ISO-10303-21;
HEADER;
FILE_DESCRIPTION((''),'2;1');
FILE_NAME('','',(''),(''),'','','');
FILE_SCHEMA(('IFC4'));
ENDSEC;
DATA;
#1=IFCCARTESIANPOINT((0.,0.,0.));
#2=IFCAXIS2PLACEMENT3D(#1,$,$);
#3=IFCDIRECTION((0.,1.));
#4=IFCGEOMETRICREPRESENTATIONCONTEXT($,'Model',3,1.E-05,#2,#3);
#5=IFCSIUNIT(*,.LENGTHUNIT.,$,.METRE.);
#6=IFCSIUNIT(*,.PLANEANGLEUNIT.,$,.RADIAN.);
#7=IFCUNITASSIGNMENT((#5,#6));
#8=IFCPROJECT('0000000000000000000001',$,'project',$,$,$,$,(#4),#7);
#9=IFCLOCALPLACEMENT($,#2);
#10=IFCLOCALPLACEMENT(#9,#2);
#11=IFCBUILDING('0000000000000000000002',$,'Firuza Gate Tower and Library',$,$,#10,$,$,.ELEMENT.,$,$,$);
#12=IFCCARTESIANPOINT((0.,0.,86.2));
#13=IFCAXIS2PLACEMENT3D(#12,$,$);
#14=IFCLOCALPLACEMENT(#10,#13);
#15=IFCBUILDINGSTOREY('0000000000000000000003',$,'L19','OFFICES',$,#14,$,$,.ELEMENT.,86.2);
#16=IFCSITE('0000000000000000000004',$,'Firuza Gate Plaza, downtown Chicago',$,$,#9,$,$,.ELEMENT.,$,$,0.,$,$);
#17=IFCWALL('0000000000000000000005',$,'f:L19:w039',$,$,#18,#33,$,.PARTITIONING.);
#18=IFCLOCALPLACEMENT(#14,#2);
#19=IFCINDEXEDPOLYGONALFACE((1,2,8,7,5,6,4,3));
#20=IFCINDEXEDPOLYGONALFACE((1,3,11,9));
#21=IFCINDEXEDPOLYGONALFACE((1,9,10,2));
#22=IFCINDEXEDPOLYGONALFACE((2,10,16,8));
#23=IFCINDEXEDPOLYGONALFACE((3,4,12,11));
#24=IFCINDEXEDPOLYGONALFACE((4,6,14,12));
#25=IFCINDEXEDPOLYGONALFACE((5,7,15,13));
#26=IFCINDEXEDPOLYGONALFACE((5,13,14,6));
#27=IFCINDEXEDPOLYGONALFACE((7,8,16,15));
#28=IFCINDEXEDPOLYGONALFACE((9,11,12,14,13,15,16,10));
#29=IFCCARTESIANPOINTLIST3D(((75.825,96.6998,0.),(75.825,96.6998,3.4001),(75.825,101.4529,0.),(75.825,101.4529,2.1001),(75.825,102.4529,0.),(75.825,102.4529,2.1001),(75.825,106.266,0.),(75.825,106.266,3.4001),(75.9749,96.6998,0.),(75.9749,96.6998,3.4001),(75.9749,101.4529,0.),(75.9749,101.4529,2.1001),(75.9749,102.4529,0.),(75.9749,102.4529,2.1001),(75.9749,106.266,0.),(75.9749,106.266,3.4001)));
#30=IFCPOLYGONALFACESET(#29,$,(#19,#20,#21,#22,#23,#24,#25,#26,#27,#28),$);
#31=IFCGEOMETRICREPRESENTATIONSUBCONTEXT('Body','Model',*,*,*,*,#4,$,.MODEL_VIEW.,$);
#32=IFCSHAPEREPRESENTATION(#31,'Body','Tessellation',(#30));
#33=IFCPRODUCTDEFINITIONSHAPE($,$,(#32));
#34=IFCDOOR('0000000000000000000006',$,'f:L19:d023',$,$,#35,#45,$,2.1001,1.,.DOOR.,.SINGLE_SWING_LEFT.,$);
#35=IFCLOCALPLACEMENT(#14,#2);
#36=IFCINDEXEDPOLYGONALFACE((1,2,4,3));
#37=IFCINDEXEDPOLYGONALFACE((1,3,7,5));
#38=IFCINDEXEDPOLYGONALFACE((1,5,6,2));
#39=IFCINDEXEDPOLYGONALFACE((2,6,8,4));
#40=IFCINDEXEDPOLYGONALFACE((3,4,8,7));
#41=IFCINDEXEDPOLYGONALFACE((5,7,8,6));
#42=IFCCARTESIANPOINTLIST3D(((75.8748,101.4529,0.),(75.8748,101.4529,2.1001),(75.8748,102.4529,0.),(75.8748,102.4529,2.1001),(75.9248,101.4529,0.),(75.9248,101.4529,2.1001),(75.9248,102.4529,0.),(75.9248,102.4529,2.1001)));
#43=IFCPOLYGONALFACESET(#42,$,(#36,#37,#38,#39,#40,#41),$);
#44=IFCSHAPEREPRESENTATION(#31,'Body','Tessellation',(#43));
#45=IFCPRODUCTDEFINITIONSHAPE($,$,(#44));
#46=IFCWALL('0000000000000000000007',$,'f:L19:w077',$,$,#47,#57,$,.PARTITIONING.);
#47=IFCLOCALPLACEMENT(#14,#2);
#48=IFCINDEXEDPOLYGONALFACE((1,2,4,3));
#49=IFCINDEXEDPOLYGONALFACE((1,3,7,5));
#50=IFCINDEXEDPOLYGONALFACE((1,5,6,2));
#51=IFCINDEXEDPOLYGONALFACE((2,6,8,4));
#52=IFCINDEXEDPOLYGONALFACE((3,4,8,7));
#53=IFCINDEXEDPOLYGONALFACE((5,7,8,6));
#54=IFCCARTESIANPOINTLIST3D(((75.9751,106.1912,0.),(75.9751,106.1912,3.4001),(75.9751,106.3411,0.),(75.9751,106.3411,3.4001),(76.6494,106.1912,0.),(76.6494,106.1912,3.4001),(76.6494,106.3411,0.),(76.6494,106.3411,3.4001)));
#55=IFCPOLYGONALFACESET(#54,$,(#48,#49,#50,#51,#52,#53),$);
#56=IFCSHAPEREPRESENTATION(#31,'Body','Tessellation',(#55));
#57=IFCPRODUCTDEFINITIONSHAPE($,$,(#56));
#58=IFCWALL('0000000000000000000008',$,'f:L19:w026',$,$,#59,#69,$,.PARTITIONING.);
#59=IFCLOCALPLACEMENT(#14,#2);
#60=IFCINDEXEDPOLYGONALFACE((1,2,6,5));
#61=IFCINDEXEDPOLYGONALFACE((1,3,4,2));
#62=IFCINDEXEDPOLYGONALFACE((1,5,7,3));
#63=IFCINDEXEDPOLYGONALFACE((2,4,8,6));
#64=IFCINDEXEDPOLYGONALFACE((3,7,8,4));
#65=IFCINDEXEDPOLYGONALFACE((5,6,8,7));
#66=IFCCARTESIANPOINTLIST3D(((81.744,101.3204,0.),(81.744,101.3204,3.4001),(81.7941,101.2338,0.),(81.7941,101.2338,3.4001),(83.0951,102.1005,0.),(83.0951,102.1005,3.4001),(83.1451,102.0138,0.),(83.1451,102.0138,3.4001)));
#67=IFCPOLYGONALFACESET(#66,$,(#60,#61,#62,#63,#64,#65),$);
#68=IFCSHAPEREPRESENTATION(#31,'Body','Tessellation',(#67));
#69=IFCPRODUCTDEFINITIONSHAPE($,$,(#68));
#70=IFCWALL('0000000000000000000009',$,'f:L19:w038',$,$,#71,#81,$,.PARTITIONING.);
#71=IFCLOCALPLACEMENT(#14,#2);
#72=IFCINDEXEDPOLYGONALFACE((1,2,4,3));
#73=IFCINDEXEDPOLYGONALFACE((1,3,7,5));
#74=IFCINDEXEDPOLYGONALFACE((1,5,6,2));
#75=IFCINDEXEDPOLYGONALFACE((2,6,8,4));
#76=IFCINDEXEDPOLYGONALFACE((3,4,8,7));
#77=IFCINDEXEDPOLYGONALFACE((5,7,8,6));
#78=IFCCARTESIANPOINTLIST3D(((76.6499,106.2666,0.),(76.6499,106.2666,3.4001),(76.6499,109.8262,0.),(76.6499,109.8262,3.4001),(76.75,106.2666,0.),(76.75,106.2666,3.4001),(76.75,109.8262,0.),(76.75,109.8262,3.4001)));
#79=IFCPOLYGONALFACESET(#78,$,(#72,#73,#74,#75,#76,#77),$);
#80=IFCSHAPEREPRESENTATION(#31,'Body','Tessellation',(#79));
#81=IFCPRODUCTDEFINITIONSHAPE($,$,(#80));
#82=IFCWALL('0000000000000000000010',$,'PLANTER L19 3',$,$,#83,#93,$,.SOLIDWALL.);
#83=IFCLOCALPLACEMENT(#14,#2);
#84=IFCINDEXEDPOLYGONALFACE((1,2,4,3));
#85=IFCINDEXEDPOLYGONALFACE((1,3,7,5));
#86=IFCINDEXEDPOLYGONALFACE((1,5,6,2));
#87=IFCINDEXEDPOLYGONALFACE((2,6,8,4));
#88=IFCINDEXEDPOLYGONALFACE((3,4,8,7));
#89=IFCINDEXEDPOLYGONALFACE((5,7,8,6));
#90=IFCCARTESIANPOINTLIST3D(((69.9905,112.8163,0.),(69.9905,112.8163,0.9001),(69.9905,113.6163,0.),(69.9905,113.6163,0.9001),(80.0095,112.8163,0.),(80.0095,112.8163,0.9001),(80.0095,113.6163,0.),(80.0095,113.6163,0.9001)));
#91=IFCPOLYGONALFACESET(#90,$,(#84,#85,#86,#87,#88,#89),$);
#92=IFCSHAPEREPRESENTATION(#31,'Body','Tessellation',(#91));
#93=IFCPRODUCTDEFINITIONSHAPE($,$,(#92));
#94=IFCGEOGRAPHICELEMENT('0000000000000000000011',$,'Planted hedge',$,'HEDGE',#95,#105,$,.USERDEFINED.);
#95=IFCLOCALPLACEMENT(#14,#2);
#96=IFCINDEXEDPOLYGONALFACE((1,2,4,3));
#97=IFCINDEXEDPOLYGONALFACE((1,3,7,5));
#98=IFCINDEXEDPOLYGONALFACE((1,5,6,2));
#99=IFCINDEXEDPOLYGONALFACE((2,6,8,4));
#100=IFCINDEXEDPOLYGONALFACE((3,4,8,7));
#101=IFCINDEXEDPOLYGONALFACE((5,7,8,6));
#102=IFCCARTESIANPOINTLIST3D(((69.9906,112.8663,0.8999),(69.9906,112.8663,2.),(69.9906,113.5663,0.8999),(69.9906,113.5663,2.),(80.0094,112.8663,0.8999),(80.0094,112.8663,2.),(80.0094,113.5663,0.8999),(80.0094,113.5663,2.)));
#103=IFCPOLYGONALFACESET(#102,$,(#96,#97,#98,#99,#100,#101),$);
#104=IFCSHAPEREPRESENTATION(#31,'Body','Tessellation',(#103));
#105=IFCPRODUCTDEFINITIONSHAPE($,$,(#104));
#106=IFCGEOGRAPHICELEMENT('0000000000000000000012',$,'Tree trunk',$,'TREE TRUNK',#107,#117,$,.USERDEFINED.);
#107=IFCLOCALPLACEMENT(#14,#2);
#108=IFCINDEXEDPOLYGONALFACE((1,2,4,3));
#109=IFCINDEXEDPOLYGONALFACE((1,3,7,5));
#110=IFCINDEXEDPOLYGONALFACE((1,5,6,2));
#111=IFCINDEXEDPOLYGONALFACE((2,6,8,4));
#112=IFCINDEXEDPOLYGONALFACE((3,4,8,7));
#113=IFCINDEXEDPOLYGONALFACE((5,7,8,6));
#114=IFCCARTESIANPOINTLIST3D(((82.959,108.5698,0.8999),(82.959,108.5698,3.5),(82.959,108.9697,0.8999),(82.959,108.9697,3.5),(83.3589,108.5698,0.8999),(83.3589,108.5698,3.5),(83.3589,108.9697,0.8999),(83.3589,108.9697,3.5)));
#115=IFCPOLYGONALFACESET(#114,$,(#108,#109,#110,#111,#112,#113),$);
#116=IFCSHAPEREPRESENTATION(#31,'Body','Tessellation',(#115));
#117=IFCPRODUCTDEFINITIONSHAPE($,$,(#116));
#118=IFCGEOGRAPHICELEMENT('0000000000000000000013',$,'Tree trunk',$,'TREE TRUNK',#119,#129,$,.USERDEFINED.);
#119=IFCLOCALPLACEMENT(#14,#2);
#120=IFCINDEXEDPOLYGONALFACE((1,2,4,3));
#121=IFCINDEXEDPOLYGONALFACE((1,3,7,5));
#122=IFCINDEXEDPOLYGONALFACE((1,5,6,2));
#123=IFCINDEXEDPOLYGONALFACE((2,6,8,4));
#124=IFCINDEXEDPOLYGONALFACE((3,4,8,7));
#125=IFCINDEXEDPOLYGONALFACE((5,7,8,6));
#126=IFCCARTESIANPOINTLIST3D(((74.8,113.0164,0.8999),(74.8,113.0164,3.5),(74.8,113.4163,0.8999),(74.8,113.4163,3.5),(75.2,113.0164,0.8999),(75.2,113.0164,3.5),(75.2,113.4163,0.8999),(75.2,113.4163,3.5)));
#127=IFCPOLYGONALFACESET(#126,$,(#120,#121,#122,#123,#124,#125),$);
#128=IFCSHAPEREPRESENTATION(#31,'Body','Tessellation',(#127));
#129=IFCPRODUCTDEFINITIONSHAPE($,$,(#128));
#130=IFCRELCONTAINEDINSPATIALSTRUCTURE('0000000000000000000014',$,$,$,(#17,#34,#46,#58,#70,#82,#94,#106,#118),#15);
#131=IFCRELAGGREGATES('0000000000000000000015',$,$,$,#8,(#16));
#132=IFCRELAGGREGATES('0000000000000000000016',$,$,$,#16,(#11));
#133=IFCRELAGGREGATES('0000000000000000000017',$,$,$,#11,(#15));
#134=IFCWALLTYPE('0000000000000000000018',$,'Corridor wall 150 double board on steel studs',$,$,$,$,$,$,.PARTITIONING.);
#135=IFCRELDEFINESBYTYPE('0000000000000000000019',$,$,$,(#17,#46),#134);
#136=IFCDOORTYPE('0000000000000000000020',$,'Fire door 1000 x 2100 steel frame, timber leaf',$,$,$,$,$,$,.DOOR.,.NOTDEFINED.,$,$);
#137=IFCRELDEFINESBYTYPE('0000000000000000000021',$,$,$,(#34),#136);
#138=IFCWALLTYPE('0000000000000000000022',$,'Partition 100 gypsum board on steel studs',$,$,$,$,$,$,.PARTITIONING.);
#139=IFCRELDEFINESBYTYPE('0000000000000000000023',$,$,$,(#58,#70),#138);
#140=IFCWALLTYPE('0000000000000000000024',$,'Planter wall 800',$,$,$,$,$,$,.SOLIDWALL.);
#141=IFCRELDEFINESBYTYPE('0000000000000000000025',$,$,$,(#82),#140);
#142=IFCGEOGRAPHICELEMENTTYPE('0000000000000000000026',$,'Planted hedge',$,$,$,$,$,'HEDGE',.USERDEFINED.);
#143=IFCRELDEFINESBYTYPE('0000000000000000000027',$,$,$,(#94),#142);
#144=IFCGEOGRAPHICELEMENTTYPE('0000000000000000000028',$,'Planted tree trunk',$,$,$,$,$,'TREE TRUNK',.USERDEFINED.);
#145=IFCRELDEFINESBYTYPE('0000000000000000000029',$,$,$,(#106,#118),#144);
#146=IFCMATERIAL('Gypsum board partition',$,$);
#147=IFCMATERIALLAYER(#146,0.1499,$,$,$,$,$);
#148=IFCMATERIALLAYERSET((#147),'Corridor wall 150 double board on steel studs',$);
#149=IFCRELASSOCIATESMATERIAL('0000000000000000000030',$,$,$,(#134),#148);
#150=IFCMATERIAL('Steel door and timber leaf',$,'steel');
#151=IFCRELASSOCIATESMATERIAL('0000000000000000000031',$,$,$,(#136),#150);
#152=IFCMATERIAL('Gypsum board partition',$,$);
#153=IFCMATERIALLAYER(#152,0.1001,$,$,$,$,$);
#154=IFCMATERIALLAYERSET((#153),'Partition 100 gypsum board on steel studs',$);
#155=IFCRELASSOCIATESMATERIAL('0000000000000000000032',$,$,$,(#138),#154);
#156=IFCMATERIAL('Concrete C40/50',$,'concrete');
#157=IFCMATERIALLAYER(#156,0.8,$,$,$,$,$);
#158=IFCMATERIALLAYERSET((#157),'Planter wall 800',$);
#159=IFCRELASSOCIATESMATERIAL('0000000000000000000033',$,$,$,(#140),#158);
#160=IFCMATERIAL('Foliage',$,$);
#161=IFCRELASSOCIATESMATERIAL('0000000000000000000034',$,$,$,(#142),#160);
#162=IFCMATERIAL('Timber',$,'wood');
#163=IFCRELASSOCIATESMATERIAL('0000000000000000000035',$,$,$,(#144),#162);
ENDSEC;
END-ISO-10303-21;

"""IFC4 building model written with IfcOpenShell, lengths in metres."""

from ifc_helpers import new_model, si_unit, direction, frame, frame_2d, origin, origin_2d, place, context, subcontext, project, spatial, rectangle, extrude, material, layer, layer_set, type_object, element, fill, save


model = new_model("IFC4")

# Units and contexts
model_context = context("Model", 3, precision=1e-05, world=origin(), true_north=direction((0.0, 1.0)))
body_context = subcontext(model_context, "Body", "Model", "MODEL_VIEW")
ifc_project = project(units=[si_unit("LENGTHUNIT", "METRE"), si_unit("PLANEANGLEUNIT", "RADIAN")], contexts=[model_context])

# Site, building, storey
site_placement = place(None, origin())
site = spatial("IfcSite", under=ifc_project, at=site_placement, Name="Firuza Gate Plaza, downtown Chicago", CompositionType="ELEMENT", RefElevation=0.0)
building_placement = place(site_placement, origin())
building = spatial("IfcBuilding", under=site, at=building_placement, Name="Firuza Gate Tower and Library", CompositionType="ELEMENT")
storey_placement = place(building_placement, frame((0.0, 0.0, 86.2)))
storey = spatial("IfcBuildingStorey", under=building, at=storey_placement, Name="L19", Description="OFFICES", CompositionType="ELEMENT", Elevation=86.2)

# Wall, opening, door
ifc_material_1 = material(Name="Gypsum board partition")
ifc_layer_1 = layer(ifc_material_1, 0.1499)
ifc_layer_set_1 = layer_set([ifc_layer_1], Name="Corridor wall 150 double board on steel studs")
wall_type_1 = type_object("IfcWallType", Name="Corridor wall 150 double board on steel studs", PredefinedType="PARTITIONING", material=ifc_layer_set_1)
wall_1_placement = place(storey_placement, frame((75.8999, 106.2661, 0.0), z_axis=(0.0, 0.0, 1.0), x_axis=(0.0, -1.0, 0.0)))
wall_1 = element("IfcWall", 1, at=wall_1_placement, inside=storey, type_object=wall_type_1, Name="f:L19:w039", PredefinedType="PARTITIONING", context=body_context, shape_type="SweptSolid", body=[
    extrude(rectangle(XDim=9.5662, YDim=0.1499, at=frame_2d((4.7832, 0.0))), origin(), (0.0, 0.0, 1.0), 3.4001),
])
opening_placement = place(wall_1_placement, frame((3.8132, 0.0, 0.0)))
opening = element("IfcOpeningElement", 2, at=opening_placement, cuts=wall_1, PredefinedType="OPENING", context=body_context, shape_type="SweptSolid", body=[
    extrude(rectangle(XDim=1.0, YDim=2.1001, at=frame_2d((0.5, 1.05))), frame((0.0, 0.085, 0.0), z_axis=(0.0, -1.0, 0.0), x_axis=(1.0, 0.0, 0.0)), (0.0, 0.0, 1.0), 0.1699),
])
ifc_material_2 = material(Name="Steel door and timber leaf", Category="steel")
door_type = type_object("IfcDoorType", Name="Fire door 1000 x 2100 steel frame, timber leaf", OperationType="NOTDEFINED", PredefinedType="DOOR", material=ifc_material_2)
door_placement = place(opening_placement, origin())
door = element("IfcDoor", 3, at=door_placement, inside=storey, type_object=door_type, Name="f:L19:d023", OperationType="SINGLE_SWING_LEFT", OverallHeight=2.1001, OverallWidth=1.0, PredefinedType="DOOR", context=body_context, shape_type="SweptSolid", body=[
    extrude(rectangle(XDim=1.0, YDim=2.1001, at=frame_2d((0.5, 1.05))), frame((0.0, 0.0249, 0.0), z_axis=(0.0, -1.0, 0.0), x_axis=(1.0, 0.0, 0.0)), (0.0, 0.0, 1.0), 0.05),
])
fill(opening, door)

# Walls
wall_2_placement = place(storey_placement, frame((75.9751, 106.2661, 0.0), z_axis=(0.0, 0.0, 1.0), x_axis=(1.0, 0.0, 0.0)))
element("IfcWall", 4, at=wall_2_placement, inside=storey, type_object=wall_type_1, Name="f:L19:w077", PredefinedType="PARTITIONING", context=body_context, shape_type="SweptSolid", body=[
    extrude(rectangle(XDim=0.6743, YDim=0.1499, at=frame_2d((0.3372, 0.0))), origin(), (0.0, 0.0, 1.0), 3.4001),
])
ifc_material_3 = material(Name="Gypsum board partition")
ifc_layer_2 = layer(ifc_material_3, 0.1001)
ifc_layer_set_2 = layer_set([ifc_layer_2], Name="Partition 100 gypsum board on steel studs")
wall_type_2 = type_object("IfcWallType", Name="Partition 100 gypsum board on steel studs", PredefinedType="PARTITIONING", material=ifc_layer_set_2)
wall_3_placement = place(storey_placement, frame((81.769, 101.2771, 0.0), z_axis=(0.0, 0.0, 1.0), x_axis=(0.866029, 0.499993, 0.0)))
element("IfcWall", 5, at=wall_3_placement, inside=storey, type_object=wall_type_2, Name="f:L19:w026", PredefinedType="PARTITIONING", context=body_context, shape_type="SweptSolid", body=[
    extrude(rectangle(XDim=1.5601, YDim=0.1001, at=frame_2d((0.78, 0.0))), origin(), (0.0, 0.0, 1.0), 3.4001),
])
wall_4_placement = place(storey_placement, frame((76.7, 106.2666, 0.0), z_axis=(0.0, 0.0, 1.0), x_axis=(0.0, 1.0, 0.0)))
element("IfcWall", 6, at=wall_4_placement, inside=storey, type_object=wall_type_2, Name="f:L19:w038", PredefinedType="PARTITIONING", context=body_context, shape_type="SweptSolid", body=[
    extrude(rectangle(XDim=3.5596, YDim=0.1001, at=frame_2d((1.7798, 0.0))), origin(), (0.0, 0.0, 1.0), 3.4001),
])
ifc_material_4 = material(Name="Concrete C40/50", Category="concrete")
ifc_layer_3 = layer(ifc_material_4, 0.8)
ifc_layer_set_3 = layer_set([ifc_layer_3], Name="Planter wall 800")
wall_type_3 = type_object("IfcWallType", Name="Planter wall 800", PredefinedType="SOLIDWALL", material=ifc_layer_set_3)
wall_5_placement = place(storey_placement, frame((80.0095, 113.2163, 0.0), z_axis=(0.0, 0.0, 1.0), x_axis=(-1.0, 0.0, 0.0)))
element("IfcWall", 7, at=wall_5_placement, inside=storey, type_object=wall_type_3, Name="PLANTER L19 3", PredefinedType="SOLIDWALL", context=body_context, shape_type="SweptSolid", body=[
    extrude(rectangle(XDim=10.019, YDim=0.8, at=frame_2d((5.0095, 0.0))), origin(), (0.0, 0.0, 1.0), 0.9001),
])

# Geographic elements
ifc_material_5 = material(Name="Foliage")
geographic_element_type_1 = type_object("IfcGeographicElementType", Name="Planted hedge", ElementType="HEDGE", PredefinedType="USERDEFINED", material=ifc_material_5)
geographic_element_placement = place(storey_placement, frame((75.0, 113.2163, 0.8999), z_axis=(0.0, 0.0, 1.0), x_axis=(-1.0, 0.0, 0.0)))
element("IfcGeographicElement", 8, at=geographic_element_placement, inside=storey, type_object=geographic_element_type_1, Name="Planted hedge", ObjectType="HEDGE", PredefinedType="USERDEFINED", context=body_context, shape_type="SweptSolid", body=[
    extrude(rectangle(XDim=10.0188, YDim=0.7, at=origin_2d()), origin(), (0.0, 0.0, 1.0), 1.1001),
])
ifc_material_6 = material(Name="Timber", Category="wood")
geographic_element_type_2 = type_object("IfcGeographicElementType", Name="Planted tree trunk", ElementType="TREE TRUNK", PredefinedType="USERDEFINED", material=ifc_material_6)
for number, where, z_axis, x_axis, name in (
    (9, (83.1589, 108.7698, 0.8999), (0.0, 0.0, 1.0), (1.0, 0.0, 0.0), "Tree trunk"),
    (10, (75.0, 113.2163, 0.8999), (0.0, 0.0, 1.0), (1.0, 0.0, 0.0), "Tree trunk"),
):
    element("IfcGeographicElement", number, at=place(storey_placement, frame(where, z_axis=z_axis, x_axis=x_axis)), inside=storey, type_object=geographic_element_type_2, Name=name, ObjectType="TREE TRUNK", PredefinedType="USERDEFINED", context=body_context, shape_type="SweptSolid", body=[
        extrude(rectangle(XDim=0.3999, YDim=0.3999, at=origin_2d()), origin(), (0.0, 0.0, 1.0), 2.6001),
    ])

save(model, "model.ifc")
